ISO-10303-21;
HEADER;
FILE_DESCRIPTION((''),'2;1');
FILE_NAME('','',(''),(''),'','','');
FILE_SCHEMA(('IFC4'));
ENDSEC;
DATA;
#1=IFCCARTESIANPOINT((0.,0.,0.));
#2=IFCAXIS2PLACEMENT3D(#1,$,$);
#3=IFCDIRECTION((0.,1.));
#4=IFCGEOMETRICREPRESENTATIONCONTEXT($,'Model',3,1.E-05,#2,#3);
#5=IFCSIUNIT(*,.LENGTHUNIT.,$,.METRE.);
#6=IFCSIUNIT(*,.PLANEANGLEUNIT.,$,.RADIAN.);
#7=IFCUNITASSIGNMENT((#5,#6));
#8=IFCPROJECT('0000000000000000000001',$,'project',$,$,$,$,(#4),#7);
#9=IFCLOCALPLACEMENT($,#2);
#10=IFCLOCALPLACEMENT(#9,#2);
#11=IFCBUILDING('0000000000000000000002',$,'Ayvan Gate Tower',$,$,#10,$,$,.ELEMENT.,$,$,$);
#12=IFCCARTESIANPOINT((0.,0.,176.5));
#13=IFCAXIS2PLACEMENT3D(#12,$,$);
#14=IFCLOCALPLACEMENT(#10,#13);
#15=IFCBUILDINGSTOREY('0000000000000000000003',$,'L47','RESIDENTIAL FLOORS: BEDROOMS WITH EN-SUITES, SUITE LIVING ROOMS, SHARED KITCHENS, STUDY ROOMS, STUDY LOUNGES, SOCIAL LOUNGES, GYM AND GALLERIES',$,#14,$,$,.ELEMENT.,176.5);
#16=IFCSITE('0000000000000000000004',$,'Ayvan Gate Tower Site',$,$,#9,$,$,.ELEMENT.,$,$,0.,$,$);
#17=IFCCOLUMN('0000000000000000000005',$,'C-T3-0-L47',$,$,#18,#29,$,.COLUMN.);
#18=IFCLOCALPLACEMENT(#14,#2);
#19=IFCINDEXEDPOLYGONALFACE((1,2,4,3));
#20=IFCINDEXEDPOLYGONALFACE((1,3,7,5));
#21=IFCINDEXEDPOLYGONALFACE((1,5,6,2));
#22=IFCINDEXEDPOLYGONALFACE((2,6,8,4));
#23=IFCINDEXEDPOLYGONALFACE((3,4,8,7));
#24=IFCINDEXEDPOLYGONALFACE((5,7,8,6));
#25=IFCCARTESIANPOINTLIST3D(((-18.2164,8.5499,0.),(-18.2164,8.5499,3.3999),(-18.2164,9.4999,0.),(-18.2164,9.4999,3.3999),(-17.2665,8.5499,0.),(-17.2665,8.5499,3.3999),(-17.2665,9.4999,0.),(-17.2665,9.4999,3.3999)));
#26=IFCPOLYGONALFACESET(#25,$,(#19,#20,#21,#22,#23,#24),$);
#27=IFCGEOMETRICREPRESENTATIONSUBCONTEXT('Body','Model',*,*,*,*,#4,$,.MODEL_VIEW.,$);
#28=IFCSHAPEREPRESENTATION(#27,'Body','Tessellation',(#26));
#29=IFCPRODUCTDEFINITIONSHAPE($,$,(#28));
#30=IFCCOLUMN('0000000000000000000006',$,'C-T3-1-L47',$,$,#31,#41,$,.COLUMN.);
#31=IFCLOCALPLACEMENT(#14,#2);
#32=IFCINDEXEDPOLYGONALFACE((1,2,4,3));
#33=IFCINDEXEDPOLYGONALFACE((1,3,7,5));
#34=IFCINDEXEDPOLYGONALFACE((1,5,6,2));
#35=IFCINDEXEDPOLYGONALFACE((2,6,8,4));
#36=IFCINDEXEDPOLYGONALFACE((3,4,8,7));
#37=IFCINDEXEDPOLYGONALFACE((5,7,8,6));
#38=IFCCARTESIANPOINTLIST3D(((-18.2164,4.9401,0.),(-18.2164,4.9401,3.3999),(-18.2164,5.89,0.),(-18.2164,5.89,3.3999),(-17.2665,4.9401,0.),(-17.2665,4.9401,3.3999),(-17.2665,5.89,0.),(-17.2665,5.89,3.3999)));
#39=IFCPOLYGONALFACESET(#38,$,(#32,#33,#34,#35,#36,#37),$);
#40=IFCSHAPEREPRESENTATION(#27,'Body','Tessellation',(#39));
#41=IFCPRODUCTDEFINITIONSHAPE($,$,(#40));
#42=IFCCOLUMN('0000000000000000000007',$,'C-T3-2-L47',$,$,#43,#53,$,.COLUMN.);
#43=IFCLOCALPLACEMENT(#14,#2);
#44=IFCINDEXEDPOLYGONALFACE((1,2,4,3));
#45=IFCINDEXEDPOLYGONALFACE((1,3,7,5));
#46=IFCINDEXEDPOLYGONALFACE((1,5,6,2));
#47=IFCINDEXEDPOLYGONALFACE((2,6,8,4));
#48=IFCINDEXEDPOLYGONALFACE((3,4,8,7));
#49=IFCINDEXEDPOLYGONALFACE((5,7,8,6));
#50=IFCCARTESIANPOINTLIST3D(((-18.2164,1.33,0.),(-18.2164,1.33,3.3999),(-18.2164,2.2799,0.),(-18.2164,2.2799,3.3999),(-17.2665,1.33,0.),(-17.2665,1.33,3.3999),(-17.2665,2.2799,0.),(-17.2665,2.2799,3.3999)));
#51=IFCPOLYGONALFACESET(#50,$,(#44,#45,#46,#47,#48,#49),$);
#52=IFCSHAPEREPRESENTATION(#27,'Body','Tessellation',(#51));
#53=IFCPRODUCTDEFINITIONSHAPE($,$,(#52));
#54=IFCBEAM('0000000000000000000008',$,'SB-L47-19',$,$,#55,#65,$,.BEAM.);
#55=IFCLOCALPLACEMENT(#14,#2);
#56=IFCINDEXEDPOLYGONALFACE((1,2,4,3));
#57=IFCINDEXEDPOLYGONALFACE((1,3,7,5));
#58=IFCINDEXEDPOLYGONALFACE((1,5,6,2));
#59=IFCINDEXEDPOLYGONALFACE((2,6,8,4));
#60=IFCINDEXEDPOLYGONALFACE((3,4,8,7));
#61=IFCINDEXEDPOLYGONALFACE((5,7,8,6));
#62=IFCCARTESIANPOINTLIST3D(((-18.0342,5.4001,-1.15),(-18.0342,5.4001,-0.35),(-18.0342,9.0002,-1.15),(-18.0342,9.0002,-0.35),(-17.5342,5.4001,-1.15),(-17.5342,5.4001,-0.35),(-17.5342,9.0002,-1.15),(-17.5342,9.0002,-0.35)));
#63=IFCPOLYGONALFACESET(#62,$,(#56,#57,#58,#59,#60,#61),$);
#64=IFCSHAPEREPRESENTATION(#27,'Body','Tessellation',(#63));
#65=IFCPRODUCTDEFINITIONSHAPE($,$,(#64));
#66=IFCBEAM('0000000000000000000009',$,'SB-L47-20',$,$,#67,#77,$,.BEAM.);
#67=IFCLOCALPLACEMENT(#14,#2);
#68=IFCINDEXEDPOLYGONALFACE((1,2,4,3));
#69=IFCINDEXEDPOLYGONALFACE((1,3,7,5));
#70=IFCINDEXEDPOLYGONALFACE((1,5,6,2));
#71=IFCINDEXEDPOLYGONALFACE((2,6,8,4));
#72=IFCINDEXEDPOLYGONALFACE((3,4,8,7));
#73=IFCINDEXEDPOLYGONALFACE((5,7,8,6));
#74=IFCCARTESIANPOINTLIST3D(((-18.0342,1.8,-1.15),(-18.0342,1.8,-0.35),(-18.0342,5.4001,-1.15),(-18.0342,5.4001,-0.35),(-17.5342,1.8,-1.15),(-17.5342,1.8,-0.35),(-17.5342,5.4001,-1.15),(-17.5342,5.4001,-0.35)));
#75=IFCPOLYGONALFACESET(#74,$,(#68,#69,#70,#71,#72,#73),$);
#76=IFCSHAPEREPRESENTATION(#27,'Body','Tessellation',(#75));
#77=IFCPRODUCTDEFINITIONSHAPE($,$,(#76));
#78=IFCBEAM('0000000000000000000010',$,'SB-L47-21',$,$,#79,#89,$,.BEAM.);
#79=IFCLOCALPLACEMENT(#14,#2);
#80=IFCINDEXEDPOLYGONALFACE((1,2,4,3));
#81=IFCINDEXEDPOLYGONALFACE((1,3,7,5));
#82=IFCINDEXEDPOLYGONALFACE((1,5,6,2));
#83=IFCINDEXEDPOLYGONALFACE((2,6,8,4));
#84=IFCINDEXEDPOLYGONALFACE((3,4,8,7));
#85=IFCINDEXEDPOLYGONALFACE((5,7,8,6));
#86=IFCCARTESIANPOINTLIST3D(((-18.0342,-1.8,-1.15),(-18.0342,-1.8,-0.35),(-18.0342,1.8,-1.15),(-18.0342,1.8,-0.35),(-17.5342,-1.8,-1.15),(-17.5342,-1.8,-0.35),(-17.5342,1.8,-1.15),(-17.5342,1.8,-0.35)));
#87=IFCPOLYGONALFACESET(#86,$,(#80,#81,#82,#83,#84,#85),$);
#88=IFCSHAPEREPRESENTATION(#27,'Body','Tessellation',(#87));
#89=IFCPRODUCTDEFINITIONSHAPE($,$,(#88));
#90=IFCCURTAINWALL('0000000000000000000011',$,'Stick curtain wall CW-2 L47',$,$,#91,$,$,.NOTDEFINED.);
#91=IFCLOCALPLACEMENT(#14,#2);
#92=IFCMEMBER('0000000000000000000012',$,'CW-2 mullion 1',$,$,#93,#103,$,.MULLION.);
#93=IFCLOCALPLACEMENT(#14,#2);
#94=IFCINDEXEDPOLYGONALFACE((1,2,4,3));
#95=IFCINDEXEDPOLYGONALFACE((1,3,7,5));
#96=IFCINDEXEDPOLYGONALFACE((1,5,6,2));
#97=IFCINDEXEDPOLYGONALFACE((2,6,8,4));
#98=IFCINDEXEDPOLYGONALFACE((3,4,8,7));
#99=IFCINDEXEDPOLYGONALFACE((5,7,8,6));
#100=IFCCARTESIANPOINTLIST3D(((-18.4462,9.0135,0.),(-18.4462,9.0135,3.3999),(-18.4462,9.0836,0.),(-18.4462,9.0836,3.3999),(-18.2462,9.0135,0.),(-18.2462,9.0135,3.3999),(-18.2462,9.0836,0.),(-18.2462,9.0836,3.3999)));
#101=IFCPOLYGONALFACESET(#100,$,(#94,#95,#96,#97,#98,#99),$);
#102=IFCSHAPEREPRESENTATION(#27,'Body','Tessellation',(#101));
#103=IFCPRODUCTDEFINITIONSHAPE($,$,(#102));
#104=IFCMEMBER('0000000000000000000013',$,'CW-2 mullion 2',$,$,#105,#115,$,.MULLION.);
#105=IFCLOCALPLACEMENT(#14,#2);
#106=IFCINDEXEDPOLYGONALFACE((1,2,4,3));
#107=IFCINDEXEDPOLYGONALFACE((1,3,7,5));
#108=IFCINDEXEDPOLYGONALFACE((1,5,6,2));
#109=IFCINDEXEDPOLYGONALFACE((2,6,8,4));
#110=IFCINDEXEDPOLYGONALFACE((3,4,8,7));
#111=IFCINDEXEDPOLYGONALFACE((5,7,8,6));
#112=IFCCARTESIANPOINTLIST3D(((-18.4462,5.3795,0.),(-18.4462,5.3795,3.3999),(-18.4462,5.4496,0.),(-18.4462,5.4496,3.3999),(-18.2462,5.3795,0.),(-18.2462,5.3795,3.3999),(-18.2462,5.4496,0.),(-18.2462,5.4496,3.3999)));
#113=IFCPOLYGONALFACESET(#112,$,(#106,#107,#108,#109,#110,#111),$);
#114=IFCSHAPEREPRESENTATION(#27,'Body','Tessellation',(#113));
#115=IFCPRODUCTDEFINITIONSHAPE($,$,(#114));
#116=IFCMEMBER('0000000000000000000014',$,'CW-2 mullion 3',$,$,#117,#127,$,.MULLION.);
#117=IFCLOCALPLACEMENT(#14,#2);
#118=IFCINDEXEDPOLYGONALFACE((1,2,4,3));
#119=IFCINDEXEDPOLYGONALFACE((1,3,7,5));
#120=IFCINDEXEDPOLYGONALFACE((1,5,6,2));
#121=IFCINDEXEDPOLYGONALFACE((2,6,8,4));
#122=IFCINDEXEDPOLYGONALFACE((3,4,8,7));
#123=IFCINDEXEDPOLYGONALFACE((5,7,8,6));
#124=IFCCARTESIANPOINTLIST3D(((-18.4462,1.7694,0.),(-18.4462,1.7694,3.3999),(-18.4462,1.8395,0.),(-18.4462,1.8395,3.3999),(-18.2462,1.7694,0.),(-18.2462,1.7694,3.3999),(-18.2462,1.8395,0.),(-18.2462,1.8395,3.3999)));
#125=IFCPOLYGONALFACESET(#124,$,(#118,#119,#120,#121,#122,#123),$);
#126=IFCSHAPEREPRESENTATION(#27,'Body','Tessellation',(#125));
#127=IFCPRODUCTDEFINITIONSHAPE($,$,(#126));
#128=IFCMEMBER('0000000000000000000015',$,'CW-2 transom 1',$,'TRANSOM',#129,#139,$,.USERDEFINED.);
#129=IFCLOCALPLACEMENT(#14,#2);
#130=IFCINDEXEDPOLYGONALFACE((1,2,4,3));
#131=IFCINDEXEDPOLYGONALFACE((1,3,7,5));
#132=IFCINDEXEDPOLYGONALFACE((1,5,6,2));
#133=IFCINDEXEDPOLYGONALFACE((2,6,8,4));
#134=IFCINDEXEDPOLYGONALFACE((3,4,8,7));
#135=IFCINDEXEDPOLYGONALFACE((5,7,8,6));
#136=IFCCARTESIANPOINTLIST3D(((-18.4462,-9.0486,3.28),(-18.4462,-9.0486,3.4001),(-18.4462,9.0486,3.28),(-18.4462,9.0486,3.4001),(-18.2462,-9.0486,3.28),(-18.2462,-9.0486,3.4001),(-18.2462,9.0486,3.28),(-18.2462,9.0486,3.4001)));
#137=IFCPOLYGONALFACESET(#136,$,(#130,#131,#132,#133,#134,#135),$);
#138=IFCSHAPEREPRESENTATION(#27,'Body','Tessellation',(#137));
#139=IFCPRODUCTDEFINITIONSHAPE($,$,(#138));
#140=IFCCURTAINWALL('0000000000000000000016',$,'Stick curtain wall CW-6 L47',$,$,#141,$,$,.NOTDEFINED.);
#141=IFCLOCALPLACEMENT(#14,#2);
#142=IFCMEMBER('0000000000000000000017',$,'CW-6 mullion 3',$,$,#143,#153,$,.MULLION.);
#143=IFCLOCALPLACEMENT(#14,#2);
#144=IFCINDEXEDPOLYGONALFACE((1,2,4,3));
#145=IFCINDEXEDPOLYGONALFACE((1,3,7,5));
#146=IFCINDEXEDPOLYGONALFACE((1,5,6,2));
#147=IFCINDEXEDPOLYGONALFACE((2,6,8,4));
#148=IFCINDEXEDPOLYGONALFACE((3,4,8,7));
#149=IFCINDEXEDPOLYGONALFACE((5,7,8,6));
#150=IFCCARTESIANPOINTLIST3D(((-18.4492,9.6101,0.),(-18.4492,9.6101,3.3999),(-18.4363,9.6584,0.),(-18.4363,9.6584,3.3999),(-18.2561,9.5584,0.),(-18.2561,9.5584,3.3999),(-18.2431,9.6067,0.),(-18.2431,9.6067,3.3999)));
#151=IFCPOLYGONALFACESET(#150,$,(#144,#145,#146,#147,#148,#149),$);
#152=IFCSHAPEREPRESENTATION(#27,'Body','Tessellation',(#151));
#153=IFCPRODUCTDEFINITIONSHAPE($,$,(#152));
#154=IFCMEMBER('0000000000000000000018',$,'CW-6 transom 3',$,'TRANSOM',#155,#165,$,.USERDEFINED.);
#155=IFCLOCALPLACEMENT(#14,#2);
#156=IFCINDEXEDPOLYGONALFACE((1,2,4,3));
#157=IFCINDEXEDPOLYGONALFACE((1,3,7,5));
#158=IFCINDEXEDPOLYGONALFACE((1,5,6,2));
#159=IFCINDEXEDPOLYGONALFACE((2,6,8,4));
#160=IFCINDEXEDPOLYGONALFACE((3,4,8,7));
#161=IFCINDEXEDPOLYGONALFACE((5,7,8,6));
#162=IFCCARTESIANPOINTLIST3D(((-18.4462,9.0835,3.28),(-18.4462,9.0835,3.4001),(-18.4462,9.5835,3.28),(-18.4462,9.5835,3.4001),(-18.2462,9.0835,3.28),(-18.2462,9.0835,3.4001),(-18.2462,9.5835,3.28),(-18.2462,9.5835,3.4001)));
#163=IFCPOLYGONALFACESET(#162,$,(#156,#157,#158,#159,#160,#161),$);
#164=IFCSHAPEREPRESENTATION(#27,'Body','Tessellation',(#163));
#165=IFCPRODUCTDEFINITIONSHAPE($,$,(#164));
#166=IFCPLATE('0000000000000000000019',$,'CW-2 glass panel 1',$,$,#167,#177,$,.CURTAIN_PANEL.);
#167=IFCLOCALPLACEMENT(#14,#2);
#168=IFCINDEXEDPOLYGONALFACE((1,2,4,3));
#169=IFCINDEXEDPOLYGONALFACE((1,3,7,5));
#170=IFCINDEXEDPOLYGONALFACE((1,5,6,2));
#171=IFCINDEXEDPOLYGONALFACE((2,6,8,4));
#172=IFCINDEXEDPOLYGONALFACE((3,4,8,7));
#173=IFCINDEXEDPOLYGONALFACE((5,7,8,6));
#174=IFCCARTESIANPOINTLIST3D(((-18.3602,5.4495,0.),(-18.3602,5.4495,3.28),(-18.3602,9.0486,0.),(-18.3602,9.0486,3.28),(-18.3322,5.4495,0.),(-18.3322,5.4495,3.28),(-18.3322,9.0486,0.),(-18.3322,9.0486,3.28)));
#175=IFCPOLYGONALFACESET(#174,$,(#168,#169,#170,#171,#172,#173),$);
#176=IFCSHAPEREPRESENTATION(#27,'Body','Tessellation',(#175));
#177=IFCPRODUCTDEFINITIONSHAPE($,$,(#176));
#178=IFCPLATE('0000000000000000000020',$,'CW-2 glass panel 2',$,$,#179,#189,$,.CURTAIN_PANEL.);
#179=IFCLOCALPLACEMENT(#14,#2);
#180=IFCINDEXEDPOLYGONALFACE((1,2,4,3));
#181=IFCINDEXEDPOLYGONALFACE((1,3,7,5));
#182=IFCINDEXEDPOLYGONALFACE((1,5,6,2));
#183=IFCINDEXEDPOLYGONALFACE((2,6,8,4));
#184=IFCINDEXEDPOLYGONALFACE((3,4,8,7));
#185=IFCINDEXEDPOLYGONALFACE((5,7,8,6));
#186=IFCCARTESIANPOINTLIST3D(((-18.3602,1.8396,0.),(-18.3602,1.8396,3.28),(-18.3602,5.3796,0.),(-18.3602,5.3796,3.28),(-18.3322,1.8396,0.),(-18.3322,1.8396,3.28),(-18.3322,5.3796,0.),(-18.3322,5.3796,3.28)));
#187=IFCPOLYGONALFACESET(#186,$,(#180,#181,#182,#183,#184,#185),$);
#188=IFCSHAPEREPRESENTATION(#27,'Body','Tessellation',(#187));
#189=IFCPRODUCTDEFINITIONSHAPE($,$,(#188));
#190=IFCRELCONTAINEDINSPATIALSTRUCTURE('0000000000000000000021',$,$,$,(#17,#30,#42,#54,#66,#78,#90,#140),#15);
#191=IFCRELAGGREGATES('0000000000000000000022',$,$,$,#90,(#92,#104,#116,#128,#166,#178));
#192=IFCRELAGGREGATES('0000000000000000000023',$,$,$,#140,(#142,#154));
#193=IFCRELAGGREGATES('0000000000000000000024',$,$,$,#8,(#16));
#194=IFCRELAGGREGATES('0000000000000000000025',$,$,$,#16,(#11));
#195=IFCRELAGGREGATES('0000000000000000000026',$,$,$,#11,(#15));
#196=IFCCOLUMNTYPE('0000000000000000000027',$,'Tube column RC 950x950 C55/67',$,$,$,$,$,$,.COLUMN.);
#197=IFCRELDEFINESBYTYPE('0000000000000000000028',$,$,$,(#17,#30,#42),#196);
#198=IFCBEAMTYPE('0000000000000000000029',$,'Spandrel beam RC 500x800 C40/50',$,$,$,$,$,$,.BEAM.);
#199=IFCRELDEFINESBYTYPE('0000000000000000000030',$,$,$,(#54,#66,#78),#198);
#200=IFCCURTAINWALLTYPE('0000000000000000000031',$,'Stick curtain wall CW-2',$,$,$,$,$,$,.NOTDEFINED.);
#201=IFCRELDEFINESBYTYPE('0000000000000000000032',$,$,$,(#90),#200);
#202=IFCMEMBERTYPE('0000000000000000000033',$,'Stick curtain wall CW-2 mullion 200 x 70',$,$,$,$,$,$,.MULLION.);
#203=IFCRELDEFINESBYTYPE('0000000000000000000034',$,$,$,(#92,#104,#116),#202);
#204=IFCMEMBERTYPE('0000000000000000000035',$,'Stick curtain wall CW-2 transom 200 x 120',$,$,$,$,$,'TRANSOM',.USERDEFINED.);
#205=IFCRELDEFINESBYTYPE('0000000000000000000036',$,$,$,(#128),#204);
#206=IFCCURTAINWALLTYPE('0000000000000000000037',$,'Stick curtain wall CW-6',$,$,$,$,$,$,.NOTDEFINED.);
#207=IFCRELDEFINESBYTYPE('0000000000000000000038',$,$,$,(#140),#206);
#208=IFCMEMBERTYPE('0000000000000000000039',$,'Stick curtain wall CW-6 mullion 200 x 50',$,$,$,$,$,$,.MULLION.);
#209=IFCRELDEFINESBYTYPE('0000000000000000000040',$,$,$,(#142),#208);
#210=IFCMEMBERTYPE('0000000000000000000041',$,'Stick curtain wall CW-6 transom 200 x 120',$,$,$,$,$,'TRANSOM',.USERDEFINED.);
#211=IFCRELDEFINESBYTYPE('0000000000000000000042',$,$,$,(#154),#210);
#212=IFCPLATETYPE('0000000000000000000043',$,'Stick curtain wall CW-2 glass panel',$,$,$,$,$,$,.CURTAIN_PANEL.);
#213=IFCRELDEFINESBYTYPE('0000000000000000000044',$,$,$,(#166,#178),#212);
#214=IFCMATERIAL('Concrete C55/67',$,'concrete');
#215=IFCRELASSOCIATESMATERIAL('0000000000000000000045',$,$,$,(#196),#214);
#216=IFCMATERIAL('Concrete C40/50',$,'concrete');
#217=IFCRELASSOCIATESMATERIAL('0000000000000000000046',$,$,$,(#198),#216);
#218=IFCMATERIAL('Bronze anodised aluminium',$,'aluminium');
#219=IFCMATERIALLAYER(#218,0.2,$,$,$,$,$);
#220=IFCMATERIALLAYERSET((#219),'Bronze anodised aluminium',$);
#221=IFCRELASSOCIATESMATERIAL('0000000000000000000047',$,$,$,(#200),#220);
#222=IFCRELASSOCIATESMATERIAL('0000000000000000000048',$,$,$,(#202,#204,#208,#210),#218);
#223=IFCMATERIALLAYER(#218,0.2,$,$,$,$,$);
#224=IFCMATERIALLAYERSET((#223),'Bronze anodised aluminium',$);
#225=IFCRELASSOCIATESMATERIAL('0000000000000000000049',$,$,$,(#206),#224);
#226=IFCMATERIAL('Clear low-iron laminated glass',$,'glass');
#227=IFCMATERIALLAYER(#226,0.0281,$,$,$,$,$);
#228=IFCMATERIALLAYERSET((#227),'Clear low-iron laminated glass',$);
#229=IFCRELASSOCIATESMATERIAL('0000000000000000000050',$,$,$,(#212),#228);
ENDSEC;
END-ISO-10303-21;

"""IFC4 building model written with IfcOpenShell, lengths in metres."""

from ifc_helpers import new_model, si_unit, direction, frame, origin, origin_2d, place, context, subcontext, project, spatial, rectangle, extrude, material, layer, layer_set, material_profile, profile_set, type_object, element, aggregate, save


model = new_model("IFC4")

# Units and contexts
model_context = context("Model", 3, precision=1e-05, world=origin(), true_north=direction((0.0, 1.0)))
body_context = subcontext(model_context, "Body", "Model", "MODEL_VIEW")
ifc_project = project(units=[si_unit("LENGTHUNIT", "METRE"), si_unit("PLANEANGLEUNIT", "RADIAN")], contexts=[model_context])

# Site, building, storey
site_placement = place(None, origin())
site = spatial("IfcSite", under=ifc_project, at=site_placement, Name="Ayvan Gate Tower Site", CompositionType="ELEMENT", RefElevation=0.0)
building_placement = place(site_placement, origin())
building = spatial("IfcBuilding", under=site, at=building_placement, Name="Ayvan Gate Tower", CompositionType="ELEMENT")
storey_placement = place(building_placement, frame((0.0, 0.0, 176.5)))
storey = spatial("IfcBuildingStorey", under=building, at=storey_placement, Name="L47", Description="RESIDENTIAL FLOORS: BEDROOMS WITH EN-SUITES, SUITE LIVING ROOMS, SHARED KITCHENS, STUDY ROOMS, STUDY LOUNGES, SOCIAL LOUNGES, GYM AND GALLERIES", CompositionType="ELEMENT", Elevation=176.5)

# Columns
ifc_material_1 = material(Name="Concrete C55/67", Category="concrete")
ifc_material_profile_1 = material_profile(ifc_material_1, rectangle(XDim=0.95, YDim=0.95, at=origin_2d()), Name="RC 950x950")
ifc_profile_set_1 = profile_set([ifc_material_profile_1], Name="Concrete C55/67")
column_type = type_object("IfcColumnType", Name="Tube column RC 950x950 C55/67", PredefinedType="COLUMN", material=ifc_profile_set_1)
for number, where, z_axis, x_axis, name in (
    (1, (-17.7415, 9.0249, 0.0), (0.0, 0.0, 1.0), (-1.0, 0.0, 0.0), "C-T3-0-L47"),
    (2, (-17.7415, 5.415, 0.0), (0.0, 0.0, 1.0), (-1.0, 0.0, 0.0), "C-T3-1-L47"),
    (3, (-17.7415, 1.8049, 0.0), (0.0, 0.0, 1.0), (-1.0, 0.0, 0.0), "C-T3-2-L47"),
):
    element("IfcColumn", number, at=place(storey_placement, frame(where, z_axis=z_axis, x_axis=x_axis)), inside=storey, type_object=column_type, Name=name, PredefinedType="COLUMN", context=body_context, shape_type="SweptSolid", body=[
        extrude(rectangle(XDim=0.95, YDim=0.95, at=origin_2d()), origin(), (0.0, 0.0, 1.0), 3.3999),
    ])

# Beams
ifc_material_2 = material(Name="Concrete C40/50", Category="concrete")
ifc_material_profile_2 = material_profile(ifc_material_2, rectangle(XDim=0.5, YDim=0.8, at=origin_2d()), Name="RC 500x800")
ifc_profile_set_2 = profile_set([ifc_material_profile_2], Name="Concrete C40/50")
beam_type = type_object("IfcBeamType", Name="Spandrel beam RC 500x800 C40/50", PredefinedType="BEAM", material=ifc_profile_set_2)
for number, where, z_axis, x_axis, name in (
    (4, (-17.7842, 9.0002, -0.75), (0.0, -1.0, 0.0), (1.0, 0.0, 0.0), "SB-L47-19"),
    (5, (-17.7842, 5.4001, -0.75), (0.0, -1.0, 0.0), (1.0, 0.0, 0.0), "SB-L47-20"),
    (6, (-17.7842, 1.8, -0.75), (0.0, -1.0, 0.0), (1.0, 0.0, 0.0), "SB-L47-21"),
):
    element("IfcBeam", number, at=place(storey_placement, frame(where, z_axis=z_axis, x_axis=x_axis)), inside=storey, type_object=beam_type, Name=name, PredefinedType="BEAM", context=body_context, shape_type="SweptSolid", body=[
        extrude(rectangle(XDim=0.5, YDim=0.8, at=origin_2d()), origin(), (0.0, 0.0, 1.0), 3.6001),
    ])

# Curtain walls, members
ifc_material_3 = material(Name="Bronze anodised aluminium", Category="aluminium")
ifc_layer_1 = layer(ifc_material_3, 0.2)
ifc_layer_set_1 = layer_set([ifc_layer_1], Name="Bronze anodised aluminium")
curtain_wall_type_1 = type_object("IfcCurtainWallType", Name="Stick curtain wall CW-2", PredefinedType="NOTDEFINED", material=ifc_layer_set_1)
curtain_wall_1_placement = place(storey_placement, origin())
curtain_wall_1 = element("IfcCurtainWall", 7, at=curtain_wall_1_placement, inside=storey, type_object=curtain_wall_type_1, Name="Stick curtain wall CW-2 L47", PredefinedType="NOTDEFINED")
ifc_material_profile_3 = material_profile(ifc_material_3, rectangle(XDim=0.2, YDim=0.0701, at=origin_2d()), Name="Stick curtain wall CW-2 mullion 200 x 70")
ifc_profile_set_3 = profile_set([ifc_material_profile_3], Name="Bronze anodised aluminium")
member_type_1 = type_object("IfcMemberType", Name="Stick curtain wall CW-2 mullion 200 x 70", PredefinedType="MULLION", material=ifc_profile_set_3)
member_1_placement = place(storey_placement, frame((-18.3462, 9.0486, 0.0), z_axis=(0.0, 0.0, 1.0), x_axis=(-1.0, 0.0, 0.0)))
member_1 = element("IfcMember", 8, at=member_1_placement, type_object=member_type_1, Name="CW-2 mullion 1", PredefinedType="MULLION", context=body_context, shape_type="SweptSolid", body=[
    extrude(rectangle(XDim=0.2, YDim=0.0701, at=origin_2d()), origin(), (0.0, 0.0, 1.0), 3.3999),
])
member_2_placement = place(storey_placement, frame((-18.3462, 5.4146, 0.0), z_axis=(0.0, 0.0, 1.0), x_axis=(-1.0, 0.0, 0.0)))
member_2 = element("IfcMember", 9, at=member_2_placement, type_object=member_type_1, Name="CW-2 mullion 2", PredefinedType="MULLION", context=body_context, shape_type="SweptSolid", body=[
    extrude(rectangle(XDim=0.2, YDim=0.0701, at=origin_2d()), origin(), (0.0, 0.0, 1.0), 3.3999),
])
member_3_placement = place(storey_placement, frame((-18.3462, 1.8044, 0.0), z_axis=(0.0, 0.0, 1.0), x_axis=(-1.0, 0.0, 0.0)))
member_3 = element("IfcMember", 10, at=member_3_placement, type_object=member_type_1, Name="CW-2 mullion 3", PredefinedType="MULLION", context=body_context, shape_type="SweptSolid", body=[
    extrude(rectangle(XDim=0.2, YDim=0.0701, at=origin_2d()), origin(), (0.0, 0.0, 1.0), 3.3999),
])
ifc_material_profile_4 = material_profile(ifc_material_3, rectangle(XDim=0.2, YDim=0.1201, at=origin_2d()), Name="Stick curtain wall CW-2 transom 200 x 120")
ifc_profile_set_4 = profile_set([ifc_material_profile_4], Name="Bronze anodised aluminium")
member_type_2 = type_object("IfcMemberType", Name="Stick curtain wall CW-2 transom 200 x 120", ElementType="TRANSOM", PredefinedType="USERDEFINED", material=ifc_profile_set_4)
member_4_placement = place(storey_placement, frame((-18.3462, 9.0486, 3.3401), z_axis=(0.0, -1.0, 0.0), x_axis=(1.0, 0.0, 0.0)))
member_4 = element("IfcMember", 11, at=member_4_placement, type_object=member_type_2, Name="CW-2 transom 1", ObjectType="TRANSOM", PredefinedType="USERDEFINED", context=body_context, shape_type="SweptSolid", body=[
    extrude(rectangle(XDim=0.2, YDim=0.1201, at=origin_2d()), origin(), (0.0, 0.0, 1.0), 18.0972),
])
ifc_layer_2 = layer(ifc_material_3, 0.2)
ifc_layer_set_2 = layer_set([ifc_layer_2], Name="Bronze anodised aluminium")
curtain_wall_type_2 = type_object("IfcCurtainWallType", Name="Stick curtain wall CW-6", PredefinedType="NOTDEFINED", material=ifc_layer_set_2)
curtain_wall_2_placement = place(storey_placement, origin())
curtain_wall_2 = element("IfcCurtainWall", 12, at=curtain_wall_2_placement, inside=storey, type_object=curtain_wall_type_2, Name="Stick curtain wall CW-6 L47", PredefinedType="NOTDEFINED")
ifc_material_profile_5 = material_profile(ifc_material_3, rectangle(XDim=0.2, YDim=0.05, at=origin_2d()), Name="Stick curtain wall CW-6 mullion 200 x 50")
ifc_profile_set_5 = profile_set([ifc_material_profile_5], Name="Bronze anodised aluminium")
member_type_3 = type_object("IfcMemberType", Name="Stick curtain wall CW-6 mullion 200 x 50", PredefinedType="MULLION", material=ifc_profile_set_5)
member_5_placement = place(storey_placement, frame((-18.3462, 9.6084, 0.0), z_axis=(0.0, 0.0, 1.0), x_axis=(-0.965926, 0.258819, 0.0)))
member_5 = element("IfcMember", 13, at=member_5_placement, type_object=member_type_3, Name="CW-6 mullion 3", PredefinedType="MULLION", context=body_context, shape_type="SweptSolid", body=[
    extrude(rectangle(XDim=0.2, YDim=0.05, at=origin_2d()), origin(), (0.0, 0.0, 1.0), 3.3999),
])
ifc_material_profile_6 = material_profile(ifc_material_3, rectangle(XDim=0.2, YDim=0.1201, at=origin_2d()), Name="Stick curtain wall CW-6 transom 200 x 120")
ifc_profile_set_6 = profile_set([ifc_material_profile_6], Name="Bronze anodised aluminium")
member_type_4 = type_object("IfcMemberType", Name="Stick curtain wall CW-6 transom 200 x 120", ElementType="TRANSOM", PredefinedType="USERDEFINED", material=ifc_profile_set_6)
member_6_placement = place(storey_placement, frame((-18.3462, 9.5835, 3.3401), z_axis=(0.0, -1.0, 0.0), x_axis=(1.0, 0.0, 0.0)))
member_6 = element("IfcMember", 14, at=member_6_placement, type_object=member_type_4, Name="CW-6 transom 3", ObjectType="TRANSOM", PredefinedType="USERDEFINED", context=body_context, shape_type="SweptSolid", body=[
    extrude(rectangle(XDim=0.2, YDim=0.1201, at=origin_2d()), origin(), (0.0, 0.0, 1.0), 0.5),
])

# Plates
ifc_material_4 = material(Name="Clear low-iron laminated glass", Category="glass")
ifc_layer_3 = layer(ifc_material_4, 0.0281)
ifc_layer_set_3 = layer_set([ifc_layer_3], Name="Clear low-iron laminated glass")
plate_type_1 = type_object("IfcPlateType", Name="Stick curtain wall CW-2 glass panel", PredefinedType="CURTAIN_PANEL", material=ifc_layer_set_3)
plate_1_placement = place(storey_placement, frame((-18.3462, 7.249, 0.0), z_axis=(0.0, 0.0, 1.0), x_axis=(0.0, -1.0, 0.0)))
plate_1 = element("IfcPlate", 15, at=plate_1_placement, type_object=plate_type_1, Name="CW-2 glass panel 1", PredefinedType="CURTAIN_PANEL", context=body_context, shape_type="SweptSolid", body=[
    extrude(rectangle(XDim=3.5991, YDim=0.0281, at=origin_2d()), origin(), (0.0, 0.0, 1.0), 3.28),
])
plate_2_placement = place(storey_placement, frame((-18.3462, 3.6096, 0.0), z_axis=(0.0, 0.0, 1.0), x_axis=(0.0, -1.0, 0.0)))
plate_2 = element("IfcPlate", 16, at=plate_2_placement, type_object=plate_type_1, Name="CW-2 glass panel 2", PredefinedType="CURTAIN_PANEL", context=body_context, shape_type="SweptSolid", body=[
    extrude(rectangle(XDim=3.54, YDim=0.0281, at=origin_2d()), origin(), (0.0, 0.0, 1.0), 3.28),
])
aggregate(curtain_wall_1, [member_1, member_2, member_3, member_4, plate_1, plate_2])
aggregate(curtain_wall_2, [member_5, member_6])

save(model, "model.ifc")
